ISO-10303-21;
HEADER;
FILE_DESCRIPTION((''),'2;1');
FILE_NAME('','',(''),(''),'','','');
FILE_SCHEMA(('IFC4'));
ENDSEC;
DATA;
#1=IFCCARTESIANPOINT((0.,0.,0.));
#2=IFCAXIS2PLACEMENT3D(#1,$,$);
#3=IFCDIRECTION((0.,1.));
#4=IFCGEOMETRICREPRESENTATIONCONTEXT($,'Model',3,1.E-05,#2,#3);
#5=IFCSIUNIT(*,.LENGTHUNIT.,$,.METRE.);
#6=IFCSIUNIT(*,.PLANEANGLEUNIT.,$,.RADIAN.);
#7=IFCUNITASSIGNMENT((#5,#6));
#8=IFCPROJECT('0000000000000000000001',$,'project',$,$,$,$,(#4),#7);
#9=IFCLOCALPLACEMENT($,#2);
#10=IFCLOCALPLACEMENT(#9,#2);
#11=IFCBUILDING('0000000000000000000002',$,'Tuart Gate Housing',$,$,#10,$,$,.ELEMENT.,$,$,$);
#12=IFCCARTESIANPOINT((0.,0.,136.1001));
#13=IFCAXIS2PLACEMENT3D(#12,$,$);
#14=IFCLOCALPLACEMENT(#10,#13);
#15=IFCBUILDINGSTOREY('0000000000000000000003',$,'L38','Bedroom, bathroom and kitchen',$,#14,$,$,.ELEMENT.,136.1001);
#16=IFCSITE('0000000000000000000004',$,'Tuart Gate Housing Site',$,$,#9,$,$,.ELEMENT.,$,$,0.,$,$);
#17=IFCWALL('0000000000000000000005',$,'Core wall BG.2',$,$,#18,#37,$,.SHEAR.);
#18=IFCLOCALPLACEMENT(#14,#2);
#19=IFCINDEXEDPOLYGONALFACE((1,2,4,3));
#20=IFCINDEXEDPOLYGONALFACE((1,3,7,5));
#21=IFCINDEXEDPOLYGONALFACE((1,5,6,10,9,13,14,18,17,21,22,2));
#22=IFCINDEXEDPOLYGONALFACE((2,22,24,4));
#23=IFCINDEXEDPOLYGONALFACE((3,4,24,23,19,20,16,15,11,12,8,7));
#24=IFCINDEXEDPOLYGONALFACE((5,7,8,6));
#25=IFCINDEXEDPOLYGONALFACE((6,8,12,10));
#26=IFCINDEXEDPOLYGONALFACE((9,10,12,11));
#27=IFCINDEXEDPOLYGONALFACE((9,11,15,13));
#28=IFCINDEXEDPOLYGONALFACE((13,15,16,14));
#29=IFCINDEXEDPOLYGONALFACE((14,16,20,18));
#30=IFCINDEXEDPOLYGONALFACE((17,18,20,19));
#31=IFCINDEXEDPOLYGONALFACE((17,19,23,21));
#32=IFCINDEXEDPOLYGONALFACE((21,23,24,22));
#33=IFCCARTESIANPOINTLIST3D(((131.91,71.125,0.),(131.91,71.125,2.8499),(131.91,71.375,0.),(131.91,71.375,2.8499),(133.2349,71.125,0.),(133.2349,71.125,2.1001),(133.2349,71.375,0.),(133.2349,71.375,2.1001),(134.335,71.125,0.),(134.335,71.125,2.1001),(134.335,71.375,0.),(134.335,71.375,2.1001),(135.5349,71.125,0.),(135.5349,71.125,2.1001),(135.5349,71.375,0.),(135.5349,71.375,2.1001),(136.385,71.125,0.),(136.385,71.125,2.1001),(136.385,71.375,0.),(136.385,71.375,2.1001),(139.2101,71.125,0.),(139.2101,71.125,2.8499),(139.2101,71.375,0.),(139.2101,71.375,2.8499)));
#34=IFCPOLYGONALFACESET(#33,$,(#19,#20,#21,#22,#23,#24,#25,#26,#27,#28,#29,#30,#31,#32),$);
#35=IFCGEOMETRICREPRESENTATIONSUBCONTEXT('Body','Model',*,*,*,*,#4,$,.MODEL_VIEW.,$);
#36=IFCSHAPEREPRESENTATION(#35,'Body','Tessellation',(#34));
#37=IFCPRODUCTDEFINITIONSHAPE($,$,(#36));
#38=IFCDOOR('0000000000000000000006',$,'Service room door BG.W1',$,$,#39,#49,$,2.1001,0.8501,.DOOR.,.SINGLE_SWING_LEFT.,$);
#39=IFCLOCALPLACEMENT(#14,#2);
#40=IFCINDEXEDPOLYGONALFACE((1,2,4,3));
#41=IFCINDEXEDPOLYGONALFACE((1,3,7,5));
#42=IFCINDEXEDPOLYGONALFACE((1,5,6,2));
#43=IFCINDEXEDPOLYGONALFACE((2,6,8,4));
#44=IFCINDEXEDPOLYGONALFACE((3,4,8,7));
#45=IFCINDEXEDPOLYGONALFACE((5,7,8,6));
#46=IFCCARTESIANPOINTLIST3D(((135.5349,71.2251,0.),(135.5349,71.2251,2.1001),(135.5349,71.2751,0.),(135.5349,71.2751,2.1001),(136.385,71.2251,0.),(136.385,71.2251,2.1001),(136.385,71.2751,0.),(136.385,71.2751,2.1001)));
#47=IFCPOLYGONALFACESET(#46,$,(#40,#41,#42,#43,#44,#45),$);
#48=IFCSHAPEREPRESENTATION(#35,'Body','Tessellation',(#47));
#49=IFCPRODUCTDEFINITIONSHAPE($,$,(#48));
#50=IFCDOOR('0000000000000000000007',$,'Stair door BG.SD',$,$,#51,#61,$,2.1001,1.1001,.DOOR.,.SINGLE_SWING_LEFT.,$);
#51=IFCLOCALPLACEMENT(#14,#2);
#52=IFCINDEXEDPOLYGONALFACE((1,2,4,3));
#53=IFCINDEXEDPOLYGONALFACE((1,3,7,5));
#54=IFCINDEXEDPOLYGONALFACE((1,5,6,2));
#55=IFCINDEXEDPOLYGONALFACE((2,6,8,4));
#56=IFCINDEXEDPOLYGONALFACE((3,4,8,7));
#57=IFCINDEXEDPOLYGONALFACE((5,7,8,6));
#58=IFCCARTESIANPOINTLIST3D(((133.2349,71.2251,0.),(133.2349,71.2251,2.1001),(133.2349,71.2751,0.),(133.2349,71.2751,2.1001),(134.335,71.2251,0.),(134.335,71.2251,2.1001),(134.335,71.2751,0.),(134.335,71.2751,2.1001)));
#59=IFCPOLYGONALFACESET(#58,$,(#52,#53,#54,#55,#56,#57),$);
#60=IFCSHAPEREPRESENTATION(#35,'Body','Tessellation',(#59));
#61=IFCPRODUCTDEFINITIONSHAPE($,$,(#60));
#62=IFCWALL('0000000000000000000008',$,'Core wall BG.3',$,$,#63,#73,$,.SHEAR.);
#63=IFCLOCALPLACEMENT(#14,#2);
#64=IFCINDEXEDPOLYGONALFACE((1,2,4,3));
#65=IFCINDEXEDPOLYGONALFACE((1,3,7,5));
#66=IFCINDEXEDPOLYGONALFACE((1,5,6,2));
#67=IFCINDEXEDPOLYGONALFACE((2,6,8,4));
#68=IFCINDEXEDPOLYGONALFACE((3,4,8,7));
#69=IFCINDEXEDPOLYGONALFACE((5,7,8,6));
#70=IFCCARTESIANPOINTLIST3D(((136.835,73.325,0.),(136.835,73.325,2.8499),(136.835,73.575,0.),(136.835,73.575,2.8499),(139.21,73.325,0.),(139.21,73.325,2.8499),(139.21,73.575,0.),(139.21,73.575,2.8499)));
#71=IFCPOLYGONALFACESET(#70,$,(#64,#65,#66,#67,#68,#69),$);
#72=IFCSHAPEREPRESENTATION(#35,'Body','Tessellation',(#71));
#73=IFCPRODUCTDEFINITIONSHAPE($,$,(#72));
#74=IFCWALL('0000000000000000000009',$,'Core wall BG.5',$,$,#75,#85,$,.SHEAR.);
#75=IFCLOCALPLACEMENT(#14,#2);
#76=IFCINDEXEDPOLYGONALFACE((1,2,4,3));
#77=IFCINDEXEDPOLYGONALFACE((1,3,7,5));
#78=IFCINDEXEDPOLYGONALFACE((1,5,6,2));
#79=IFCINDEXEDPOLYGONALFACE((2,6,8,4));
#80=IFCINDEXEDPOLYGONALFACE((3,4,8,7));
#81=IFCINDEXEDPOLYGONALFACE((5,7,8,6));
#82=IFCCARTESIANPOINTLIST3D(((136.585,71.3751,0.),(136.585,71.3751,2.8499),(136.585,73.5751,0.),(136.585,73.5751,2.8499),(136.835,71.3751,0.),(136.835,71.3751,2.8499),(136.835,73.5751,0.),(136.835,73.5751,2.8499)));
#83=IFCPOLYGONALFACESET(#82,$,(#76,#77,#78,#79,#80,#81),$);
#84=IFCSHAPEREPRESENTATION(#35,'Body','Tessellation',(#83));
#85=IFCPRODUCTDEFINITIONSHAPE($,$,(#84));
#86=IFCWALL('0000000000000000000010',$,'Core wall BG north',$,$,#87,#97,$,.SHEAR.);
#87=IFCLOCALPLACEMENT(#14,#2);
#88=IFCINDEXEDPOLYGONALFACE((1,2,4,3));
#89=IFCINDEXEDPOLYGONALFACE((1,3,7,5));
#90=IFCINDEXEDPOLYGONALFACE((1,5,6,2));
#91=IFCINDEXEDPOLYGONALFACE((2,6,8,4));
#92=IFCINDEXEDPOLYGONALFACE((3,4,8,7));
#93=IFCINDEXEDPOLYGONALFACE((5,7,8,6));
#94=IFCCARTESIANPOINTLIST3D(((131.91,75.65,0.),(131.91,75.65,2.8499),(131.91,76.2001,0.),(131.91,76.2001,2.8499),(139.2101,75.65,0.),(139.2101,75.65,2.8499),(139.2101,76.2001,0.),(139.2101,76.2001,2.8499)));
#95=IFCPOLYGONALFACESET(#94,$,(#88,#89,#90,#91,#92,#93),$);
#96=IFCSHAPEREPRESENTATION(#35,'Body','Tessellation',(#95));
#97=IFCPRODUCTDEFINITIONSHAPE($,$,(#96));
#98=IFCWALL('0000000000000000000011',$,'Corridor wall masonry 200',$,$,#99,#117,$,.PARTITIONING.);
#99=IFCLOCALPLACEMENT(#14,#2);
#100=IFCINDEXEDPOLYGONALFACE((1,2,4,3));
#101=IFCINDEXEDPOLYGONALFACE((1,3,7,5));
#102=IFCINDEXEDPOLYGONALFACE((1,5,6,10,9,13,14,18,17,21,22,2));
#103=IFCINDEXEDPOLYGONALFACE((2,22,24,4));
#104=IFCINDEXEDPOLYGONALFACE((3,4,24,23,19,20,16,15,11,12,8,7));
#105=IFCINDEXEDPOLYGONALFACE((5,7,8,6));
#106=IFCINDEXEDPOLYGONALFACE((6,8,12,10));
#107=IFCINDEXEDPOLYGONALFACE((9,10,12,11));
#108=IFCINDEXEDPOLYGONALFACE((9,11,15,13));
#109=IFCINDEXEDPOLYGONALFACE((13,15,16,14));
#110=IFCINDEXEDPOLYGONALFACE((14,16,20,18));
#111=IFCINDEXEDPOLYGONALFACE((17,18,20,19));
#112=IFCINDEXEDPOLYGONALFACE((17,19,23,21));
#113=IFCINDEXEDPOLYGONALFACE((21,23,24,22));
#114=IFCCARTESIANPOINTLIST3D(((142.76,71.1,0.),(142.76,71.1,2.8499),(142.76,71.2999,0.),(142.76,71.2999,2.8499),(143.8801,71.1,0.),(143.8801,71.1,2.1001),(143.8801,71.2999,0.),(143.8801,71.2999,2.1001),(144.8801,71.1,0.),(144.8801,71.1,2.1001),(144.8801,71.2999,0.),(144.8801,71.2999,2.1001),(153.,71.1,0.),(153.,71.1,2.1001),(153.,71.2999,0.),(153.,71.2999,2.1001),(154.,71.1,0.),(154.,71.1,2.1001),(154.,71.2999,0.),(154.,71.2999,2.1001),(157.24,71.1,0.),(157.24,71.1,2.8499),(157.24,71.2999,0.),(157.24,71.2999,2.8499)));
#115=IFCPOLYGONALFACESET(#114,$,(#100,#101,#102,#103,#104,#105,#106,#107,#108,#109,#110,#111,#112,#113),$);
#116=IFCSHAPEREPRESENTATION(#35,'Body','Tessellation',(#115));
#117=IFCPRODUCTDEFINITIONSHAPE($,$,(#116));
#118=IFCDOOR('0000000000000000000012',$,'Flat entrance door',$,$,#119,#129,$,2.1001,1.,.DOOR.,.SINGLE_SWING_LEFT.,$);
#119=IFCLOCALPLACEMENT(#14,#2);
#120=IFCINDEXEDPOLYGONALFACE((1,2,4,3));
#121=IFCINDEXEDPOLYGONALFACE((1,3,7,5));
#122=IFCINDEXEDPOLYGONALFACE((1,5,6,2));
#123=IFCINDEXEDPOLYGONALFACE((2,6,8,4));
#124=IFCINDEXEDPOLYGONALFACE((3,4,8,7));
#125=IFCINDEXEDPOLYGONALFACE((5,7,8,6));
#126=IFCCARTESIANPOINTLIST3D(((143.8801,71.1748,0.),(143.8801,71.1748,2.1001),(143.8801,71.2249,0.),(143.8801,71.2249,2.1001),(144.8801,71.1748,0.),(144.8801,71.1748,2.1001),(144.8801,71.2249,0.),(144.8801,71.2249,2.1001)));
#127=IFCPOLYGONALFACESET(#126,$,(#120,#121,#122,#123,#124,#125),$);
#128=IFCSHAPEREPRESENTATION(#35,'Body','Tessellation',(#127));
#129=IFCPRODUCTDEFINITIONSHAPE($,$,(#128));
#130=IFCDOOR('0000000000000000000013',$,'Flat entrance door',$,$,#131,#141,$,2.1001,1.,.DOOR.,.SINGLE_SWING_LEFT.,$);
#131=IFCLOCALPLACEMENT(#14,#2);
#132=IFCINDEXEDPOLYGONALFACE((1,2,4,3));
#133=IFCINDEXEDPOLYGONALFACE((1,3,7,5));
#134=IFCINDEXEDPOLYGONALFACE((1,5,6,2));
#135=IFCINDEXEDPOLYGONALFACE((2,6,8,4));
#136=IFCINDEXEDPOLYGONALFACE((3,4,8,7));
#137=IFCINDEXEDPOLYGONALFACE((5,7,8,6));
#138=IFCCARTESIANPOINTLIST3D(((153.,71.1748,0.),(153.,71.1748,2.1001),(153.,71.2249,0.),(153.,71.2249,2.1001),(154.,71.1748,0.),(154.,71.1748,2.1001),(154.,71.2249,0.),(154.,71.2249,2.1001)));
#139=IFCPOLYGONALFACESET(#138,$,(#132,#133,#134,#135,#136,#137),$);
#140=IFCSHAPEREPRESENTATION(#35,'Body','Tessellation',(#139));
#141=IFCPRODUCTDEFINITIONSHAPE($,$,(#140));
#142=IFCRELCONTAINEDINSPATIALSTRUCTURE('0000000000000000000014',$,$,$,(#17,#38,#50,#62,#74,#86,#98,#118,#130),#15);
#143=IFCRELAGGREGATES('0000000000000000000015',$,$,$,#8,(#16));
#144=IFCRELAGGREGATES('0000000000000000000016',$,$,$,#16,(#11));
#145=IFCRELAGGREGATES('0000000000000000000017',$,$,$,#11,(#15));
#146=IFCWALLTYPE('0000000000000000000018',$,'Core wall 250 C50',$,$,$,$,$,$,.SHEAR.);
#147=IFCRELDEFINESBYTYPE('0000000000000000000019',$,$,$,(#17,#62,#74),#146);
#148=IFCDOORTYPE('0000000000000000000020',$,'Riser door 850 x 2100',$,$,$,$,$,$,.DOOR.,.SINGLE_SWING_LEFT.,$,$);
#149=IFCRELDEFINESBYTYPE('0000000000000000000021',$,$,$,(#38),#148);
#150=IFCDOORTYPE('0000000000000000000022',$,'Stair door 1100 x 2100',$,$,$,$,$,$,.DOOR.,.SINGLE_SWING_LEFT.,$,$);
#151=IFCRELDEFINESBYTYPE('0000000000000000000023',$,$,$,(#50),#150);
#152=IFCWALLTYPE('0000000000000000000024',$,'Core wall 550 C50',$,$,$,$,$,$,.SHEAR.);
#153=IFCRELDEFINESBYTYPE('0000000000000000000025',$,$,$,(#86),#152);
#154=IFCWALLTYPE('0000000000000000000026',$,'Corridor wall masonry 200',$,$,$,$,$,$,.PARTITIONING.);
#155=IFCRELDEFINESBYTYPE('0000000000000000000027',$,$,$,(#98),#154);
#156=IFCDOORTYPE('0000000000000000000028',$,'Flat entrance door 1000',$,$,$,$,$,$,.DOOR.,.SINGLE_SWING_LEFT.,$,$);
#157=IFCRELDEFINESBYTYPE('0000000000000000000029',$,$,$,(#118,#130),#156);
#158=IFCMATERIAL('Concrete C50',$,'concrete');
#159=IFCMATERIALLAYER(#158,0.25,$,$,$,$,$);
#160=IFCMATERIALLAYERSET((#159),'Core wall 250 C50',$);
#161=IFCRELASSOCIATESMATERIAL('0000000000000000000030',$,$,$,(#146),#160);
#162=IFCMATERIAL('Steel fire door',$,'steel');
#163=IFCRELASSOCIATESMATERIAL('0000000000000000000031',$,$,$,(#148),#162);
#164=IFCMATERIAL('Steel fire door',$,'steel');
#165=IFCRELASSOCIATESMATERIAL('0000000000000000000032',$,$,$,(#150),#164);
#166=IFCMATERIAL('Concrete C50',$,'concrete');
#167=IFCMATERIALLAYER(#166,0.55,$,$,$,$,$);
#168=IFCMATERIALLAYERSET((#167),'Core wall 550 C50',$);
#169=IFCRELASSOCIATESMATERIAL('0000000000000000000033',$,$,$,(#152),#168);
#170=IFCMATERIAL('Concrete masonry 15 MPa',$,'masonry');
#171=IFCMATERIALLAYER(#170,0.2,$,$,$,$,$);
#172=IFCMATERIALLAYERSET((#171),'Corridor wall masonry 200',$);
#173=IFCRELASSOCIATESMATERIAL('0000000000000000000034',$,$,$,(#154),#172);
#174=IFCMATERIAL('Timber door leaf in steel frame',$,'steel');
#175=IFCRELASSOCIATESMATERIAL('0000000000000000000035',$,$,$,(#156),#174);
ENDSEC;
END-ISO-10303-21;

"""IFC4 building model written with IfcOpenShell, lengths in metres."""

from ifc_helpers import new_model, si_unit, direction, frame, frame_2d, origin, place, context, subcontext, project, spatial, rectangle, extrude, material, layer, layer_set, type_object, element, fill, save


model = new_model("IFC4")

# Units and contexts
model_context = context("Model", 3, precision=1e-05, world=origin(), true_north=direction((0.0, 1.0)))
body_context = subcontext(model_context, "Body", "Model", "MODEL_VIEW")
ifc_project = project(units=[si_unit("LENGTHUNIT", "METRE"), si_unit("PLANEANGLEUNIT", "RADIAN")], contexts=[model_context])

# Site, building, storey
site_placement = place(None, origin())
site = spatial("IfcSite", under=ifc_project, at=site_placement, Name="Tuart Gate Housing Site", CompositionType="ELEMENT", RefElevation=0.0)
building_placement = place(site_placement, origin())
building = spatial("IfcBuilding", under=site, at=building_placement, Name="Tuart Gate Housing", CompositionType="ELEMENT")
storey_placement = place(building_placement, frame((0.0, 0.0, 136.1001)))
storey = spatial("IfcBuildingStorey", under=building, at=storey_placement, Name="L38", Description="Bedroom, bathroom and kitchen", CompositionType="ELEMENT", Elevation=136.1001)

# Wall, openings, doors
ifc_material_1 = material(Name="Concrete C50", Category="concrete")
ifc_layer_1 = layer(ifc_material_1, 0.25)
ifc_layer_set_1 = layer_set([ifc_layer_1], Name="Core wall 250 C50")
wall_type_1 = type_object("IfcWallType", Name="Core wall 250 C50", PredefinedType="SHEAR", material=ifc_layer_set_1)
wall_1_placement = place(storey_placement, frame((139.21, 71.25, 0.0), z_axis=(0.0, 0.0, 1.0), x_axis=(-1.0, 0.0, 0.0)))
wall_1 = element("IfcWall", 1, at=wall_1_placement, inside=storey, type_object=wall_type_1, Name="Core wall BG.2", PredefinedType="SHEAR", context=body_context, shape_type="SweptSolid", body=[
    extrude(rectangle(XDim=7.3, YDim=0.25, at=frame_2d((3.6499, 0.0))), origin(), (0.0, 0.0, 1.0), 2.8499),
])
opening_1_placement = place(wall_1_placement, frame((4.875, 0.0, 0.0)))
opening_1 = element("IfcOpeningElement", 2, at=opening_1_placement, cuts=wall_1, PredefinedType="OPENING", context=body_context, shape_type="SweptSolid", body=[
    extrude(rectangle(XDim=1.1001, YDim=2.1001, at=frame_2d((0.55, 1.05))), frame((0.0, 0.135, 0.0), z_axis=(0.0, -1.0, 0.0), x_axis=(1.0, 0.0, 0.0)), (0.0, 0.0, 1.0), 0.27),
])
opening_2_placement = place(wall_1_placement, frame((2.825, 0.0, 0.0)))
opening_2 = element("IfcOpeningElement", 3, at=opening_2_placement, cuts=wall_1, PredefinedType="OPENING", context=body_context, shape_type="SweptSolid", body=[
    extrude(rectangle(XDim=0.8501, YDim=2.1001, at=frame_2d((0.425, 1.05))), frame((0.0, 0.135, 0.0), z_axis=(0.0, -1.0, 0.0), x_axis=(1.0, 0.0, 0.0)), (0.0, 0.0, 1.0), 0.27),
])
ifc_material_2 = material(Name="Steel fire door", Category="steel")
door_type_1 = type_object("IfcDoorType", Name="Riser door 850 x 2100", OperationType="SINGLE_SWING_LEFT", PredefinedType="DOOR", material=ifc_material_2)
door_1_placement = place(opening_2_placement, origin())
door_1 = element("IfcDoor", 4, at=door_1_placement, inside=storey, type_object=door_type_1, Name="Service room door BG.W1", OperationType="SINGLE_SWING_LEFT", OverallHeight=2.1001, OverallWidth=0.8501, PredefinedType="DOOR", context=body_context, shape_type="SweptSolid", body=[
    extrude(rectangle(XDim=0.8501, YDim=2.1001, at=frame_2d((0.425, 1.05))), frame((0.0, 0.0249, 0.0), z_axis=(0.0, -1.0, 0.0), x_axis=(1.0, 0.0, 0.0)), (0.0, 0.0, 1.0), 0.05),
])
fill(opening_2, door_1)
ifc_material_3 = material(Name="Steel fire door", Category="steel")
door_type_2 = type_object("IfcDoorType", Name="Stair door 1100 x 2100", OperationType="SINGLE_SWING_LEFT", PredefinedType="DOOR", material=ifc_material_3)
door_2_placement = place(opening_1_placement, origin())
door_2 = element("IfcDoor", 5, at=door_2_placement, inside=storey, type_object=door_type_2, Name="Stair door BG.SD", OperationType="SINGLE_SWING_LEFT", OverallHeight=2.1001, OverallWidth=1.1001, PredefinedType="DOOR", context=body_context, shape_type="SweptSolid", body=[
    extrude(rectangle(XDim=1.1001, YDim=2.1001, at=frame_2d((0.55, 1.05))), frame((0.0, 0.0249, 0.0), z_axis=(0.0, -1.0, 0.0), x_axis=(1.0, 0.0, 0.0)), (0.0, 0.0, 1.0), 0.05),
])
fill(opening_1, door_2)

# Walls
wall_2_placement = place(storey_placement, frame((139.21, 73.45, 0.0), z_axis=(0.0, 0.0, 1.0), x_axis=(-1.0, 0.0, 0.0)))
element("IfcWall", 6, at=wall_2_placement, inside=storey, type_object=wall_type_1, Name="Core wall BG.3", PredefinedType="SHEAR", context=body_context, shape_type="SweptSolid", body=[
    extrude(rectangle(XDim=2.375, YDim=0.25, at=frame_2d((1.1875, 0.0))), origin(), (0.0, 0.0, 1.0), 2.8499),
])
wall_3_placement = place(storey_placement, frame((136.71, 71.375, 0.0), z_axis=(0.0, 0.0, 1.0), x_axis=(0.0, 1.0, 0.0)))
element("IfcWall", 7, at=wall_3_placement, inside=storey, type_object=wall_type_1, Name="Core wall BG.5", PredefinedType="SHEAR", context=body_context, shape_type="SweptSolid", body=[
    extrude(rectangle(XDim=2.2, YDim=0.25, at=frame_2d((1.1001, 0.0))), origin(), (0.0, 0.0, 1.0), 2.8499),
])
ifc_material_4 = material(Name="Concrete C50", Category="concrete")
ifc_layer_2 = layer(ifc_material_4, 0.55)
ifc_layer_set_2 = layer_set([ifc_layer_2], Name="Core wall 550 C50")
wall_type_2 = type_object("IfcWallType", Name="Core wall 550 C50", PredefinedType="SHEAR", material=ifc_layer_set_2)
wall_4_placement = place(storey_placement, frame((139.21, 75.925, 0.0), z_axis=(0.0, 0.0, 1.0), x_axis=(-1.0, 0.0, 0.0)))
element("IfcWall", 8, at=wall_4_placement, inside=storey, type_object=wall_type_2, Name="Core wall BG north", PredefinedType="SHEAR", context=body_context, shape_type="SweptSolid", body=[
    extrude(rectangle(XDim=7.3, YDim=0.55, at=frame_2d((3.6499, 0.0))), origin(), (0.0, 0.0, 1.0), 2.8499),
])

# Wall, openings, doors
ifc_material_5 = material(Name="Concrete masonry 15 MPa", Category="masonry")
ifc_layer_3 = layer(ifc_material_5, 0.2)
ifc_layer_set_3 = layer_set([ifc_layer_3], Name="Corridor wall masonry 200")
wall_type_3 = type_object("IfcWallType", Name="Corridor wall masonry 200", PredefinedType="PARTITIONING", material=ifc_layer_set_3)
wall_5_placement = place(storey_placement, frame((142.76, 71.2, 0.0), z_axis=(0.0, 0.0, 1.0), x_axis=(1.0, 0.0, 0.0)))
wall_5 = element("IfcWall", 9, at=wall_5_placement, inside=storey, type_object=wall_type_3, Name="Corridor wall masonry 200", PredefinedType="PARTITIONING", context=body_context, shape_type="SweptSolid", body=[
    extrude(rectangle(XDim=14.48, YDim=0.2, at=frame_2d((7.24, 0.0))), origin(), (0.0, 0.0, 1.0), 2.8499),
])
opening_3_placement = place(wall_5_placement, frame((1.1201, 0.0, 0.0)))
opening_3 = element("IfcOpeningElement", 10, at=opening_3_placement, cuts=wall_5, PredefinedType="OPENING", context=body_context, shape_type="SweptSolid", body=[
    extrude(rectangle(XDim=1.0, YDim=2.1001, at=frame_2d((0.5, 1.05))), frame((0.0, 0.1099, 0.0), z_axis=(0.0, -1.0, 0.0), x_axis=(1.0, 0.0, 0.0)), (0.0, 0.0, 1.0), 0.22),
])
opening_4_placement = place(wall_5_placement, frame((10.24, 0.0, 0.0)))
opening_4 = element("IfcOpeningElement", 11, at=opening_4_placement, cuts=wall_5, PredefinedType="OPENING", context=body_context, shape_type="SweptSolid", body=[
    extrude(rectangle(XDim=1.0, YDim=2.1001, at=frame_2d((0.5, 1.05))), frame((0.0, 0.1099, 0.0), z_axis=(0.0, -1.0, 0.0), x_axis=(1.0, 0.0, 0.0)), (0.0, 0.0, 1.0), 0.22),
])
ifc_material_6 = material(Name="Timber door leaf in steel frame", Category="steel")
door_type_3 = type_object("IfcDoorType", Name="Flat entrance door 1000", OperationType="SINGLE_SWING_LEFT", PredefinedType="DOOR", material=ifc_material_6)
door_3_placement = place(opening_3_placement, origin())
door_3 = element("IfcDoor", 12, at=door_3_placement, inside=storey, type_object=door_type_3, Name="Flat entrance door", OperationType="SINGLE_SWING_LEFT", OverallHeight=2.1001, OverallWidth=1.0, PredefinedType="DOOR", context=body_context, shape_type="SweptSolid", body=[
    extrude(rectangle(XDim=1.0, YDim=2.1001, at=frame_2d((0.5, 1.05))), frame((0.0, 0.0249, 0.0), z_axis=(0.0, -1.0, 0.0), x_axis=(1.0, 0.0, 0.0)), (0.0, 0.0, 1.0), 0.05),
])
fill(opening_3, door_3)
door_4_placement = place(opening_4_placement, origin())
door_4 = element("IfcDoor", 13, at=door_4_placement, inside=storey, type_object=door_type_3, Name="Flat entrance door", OperationType="SINGLE_SWING_LEFT", OverallHeight=2.1001, OverallWidth=1.0, PredefinedType="DOOR", context=body_context, shape_type="SweptSolid", body=[
    extrude(rectangle(XDim=1.0, YDim=2.1001, at=frame_2d((0.5, 1.05))), frame((0.0, 0.0249, 0.0), z_axis=(0.0, -1.0, 0.0), x_axis=(1.0, 0.0, 0.0)), (0.0, 0.0, 1.0), 0.05),
])
fill(opening_4, door_4)

save(model, "model.ifc")
